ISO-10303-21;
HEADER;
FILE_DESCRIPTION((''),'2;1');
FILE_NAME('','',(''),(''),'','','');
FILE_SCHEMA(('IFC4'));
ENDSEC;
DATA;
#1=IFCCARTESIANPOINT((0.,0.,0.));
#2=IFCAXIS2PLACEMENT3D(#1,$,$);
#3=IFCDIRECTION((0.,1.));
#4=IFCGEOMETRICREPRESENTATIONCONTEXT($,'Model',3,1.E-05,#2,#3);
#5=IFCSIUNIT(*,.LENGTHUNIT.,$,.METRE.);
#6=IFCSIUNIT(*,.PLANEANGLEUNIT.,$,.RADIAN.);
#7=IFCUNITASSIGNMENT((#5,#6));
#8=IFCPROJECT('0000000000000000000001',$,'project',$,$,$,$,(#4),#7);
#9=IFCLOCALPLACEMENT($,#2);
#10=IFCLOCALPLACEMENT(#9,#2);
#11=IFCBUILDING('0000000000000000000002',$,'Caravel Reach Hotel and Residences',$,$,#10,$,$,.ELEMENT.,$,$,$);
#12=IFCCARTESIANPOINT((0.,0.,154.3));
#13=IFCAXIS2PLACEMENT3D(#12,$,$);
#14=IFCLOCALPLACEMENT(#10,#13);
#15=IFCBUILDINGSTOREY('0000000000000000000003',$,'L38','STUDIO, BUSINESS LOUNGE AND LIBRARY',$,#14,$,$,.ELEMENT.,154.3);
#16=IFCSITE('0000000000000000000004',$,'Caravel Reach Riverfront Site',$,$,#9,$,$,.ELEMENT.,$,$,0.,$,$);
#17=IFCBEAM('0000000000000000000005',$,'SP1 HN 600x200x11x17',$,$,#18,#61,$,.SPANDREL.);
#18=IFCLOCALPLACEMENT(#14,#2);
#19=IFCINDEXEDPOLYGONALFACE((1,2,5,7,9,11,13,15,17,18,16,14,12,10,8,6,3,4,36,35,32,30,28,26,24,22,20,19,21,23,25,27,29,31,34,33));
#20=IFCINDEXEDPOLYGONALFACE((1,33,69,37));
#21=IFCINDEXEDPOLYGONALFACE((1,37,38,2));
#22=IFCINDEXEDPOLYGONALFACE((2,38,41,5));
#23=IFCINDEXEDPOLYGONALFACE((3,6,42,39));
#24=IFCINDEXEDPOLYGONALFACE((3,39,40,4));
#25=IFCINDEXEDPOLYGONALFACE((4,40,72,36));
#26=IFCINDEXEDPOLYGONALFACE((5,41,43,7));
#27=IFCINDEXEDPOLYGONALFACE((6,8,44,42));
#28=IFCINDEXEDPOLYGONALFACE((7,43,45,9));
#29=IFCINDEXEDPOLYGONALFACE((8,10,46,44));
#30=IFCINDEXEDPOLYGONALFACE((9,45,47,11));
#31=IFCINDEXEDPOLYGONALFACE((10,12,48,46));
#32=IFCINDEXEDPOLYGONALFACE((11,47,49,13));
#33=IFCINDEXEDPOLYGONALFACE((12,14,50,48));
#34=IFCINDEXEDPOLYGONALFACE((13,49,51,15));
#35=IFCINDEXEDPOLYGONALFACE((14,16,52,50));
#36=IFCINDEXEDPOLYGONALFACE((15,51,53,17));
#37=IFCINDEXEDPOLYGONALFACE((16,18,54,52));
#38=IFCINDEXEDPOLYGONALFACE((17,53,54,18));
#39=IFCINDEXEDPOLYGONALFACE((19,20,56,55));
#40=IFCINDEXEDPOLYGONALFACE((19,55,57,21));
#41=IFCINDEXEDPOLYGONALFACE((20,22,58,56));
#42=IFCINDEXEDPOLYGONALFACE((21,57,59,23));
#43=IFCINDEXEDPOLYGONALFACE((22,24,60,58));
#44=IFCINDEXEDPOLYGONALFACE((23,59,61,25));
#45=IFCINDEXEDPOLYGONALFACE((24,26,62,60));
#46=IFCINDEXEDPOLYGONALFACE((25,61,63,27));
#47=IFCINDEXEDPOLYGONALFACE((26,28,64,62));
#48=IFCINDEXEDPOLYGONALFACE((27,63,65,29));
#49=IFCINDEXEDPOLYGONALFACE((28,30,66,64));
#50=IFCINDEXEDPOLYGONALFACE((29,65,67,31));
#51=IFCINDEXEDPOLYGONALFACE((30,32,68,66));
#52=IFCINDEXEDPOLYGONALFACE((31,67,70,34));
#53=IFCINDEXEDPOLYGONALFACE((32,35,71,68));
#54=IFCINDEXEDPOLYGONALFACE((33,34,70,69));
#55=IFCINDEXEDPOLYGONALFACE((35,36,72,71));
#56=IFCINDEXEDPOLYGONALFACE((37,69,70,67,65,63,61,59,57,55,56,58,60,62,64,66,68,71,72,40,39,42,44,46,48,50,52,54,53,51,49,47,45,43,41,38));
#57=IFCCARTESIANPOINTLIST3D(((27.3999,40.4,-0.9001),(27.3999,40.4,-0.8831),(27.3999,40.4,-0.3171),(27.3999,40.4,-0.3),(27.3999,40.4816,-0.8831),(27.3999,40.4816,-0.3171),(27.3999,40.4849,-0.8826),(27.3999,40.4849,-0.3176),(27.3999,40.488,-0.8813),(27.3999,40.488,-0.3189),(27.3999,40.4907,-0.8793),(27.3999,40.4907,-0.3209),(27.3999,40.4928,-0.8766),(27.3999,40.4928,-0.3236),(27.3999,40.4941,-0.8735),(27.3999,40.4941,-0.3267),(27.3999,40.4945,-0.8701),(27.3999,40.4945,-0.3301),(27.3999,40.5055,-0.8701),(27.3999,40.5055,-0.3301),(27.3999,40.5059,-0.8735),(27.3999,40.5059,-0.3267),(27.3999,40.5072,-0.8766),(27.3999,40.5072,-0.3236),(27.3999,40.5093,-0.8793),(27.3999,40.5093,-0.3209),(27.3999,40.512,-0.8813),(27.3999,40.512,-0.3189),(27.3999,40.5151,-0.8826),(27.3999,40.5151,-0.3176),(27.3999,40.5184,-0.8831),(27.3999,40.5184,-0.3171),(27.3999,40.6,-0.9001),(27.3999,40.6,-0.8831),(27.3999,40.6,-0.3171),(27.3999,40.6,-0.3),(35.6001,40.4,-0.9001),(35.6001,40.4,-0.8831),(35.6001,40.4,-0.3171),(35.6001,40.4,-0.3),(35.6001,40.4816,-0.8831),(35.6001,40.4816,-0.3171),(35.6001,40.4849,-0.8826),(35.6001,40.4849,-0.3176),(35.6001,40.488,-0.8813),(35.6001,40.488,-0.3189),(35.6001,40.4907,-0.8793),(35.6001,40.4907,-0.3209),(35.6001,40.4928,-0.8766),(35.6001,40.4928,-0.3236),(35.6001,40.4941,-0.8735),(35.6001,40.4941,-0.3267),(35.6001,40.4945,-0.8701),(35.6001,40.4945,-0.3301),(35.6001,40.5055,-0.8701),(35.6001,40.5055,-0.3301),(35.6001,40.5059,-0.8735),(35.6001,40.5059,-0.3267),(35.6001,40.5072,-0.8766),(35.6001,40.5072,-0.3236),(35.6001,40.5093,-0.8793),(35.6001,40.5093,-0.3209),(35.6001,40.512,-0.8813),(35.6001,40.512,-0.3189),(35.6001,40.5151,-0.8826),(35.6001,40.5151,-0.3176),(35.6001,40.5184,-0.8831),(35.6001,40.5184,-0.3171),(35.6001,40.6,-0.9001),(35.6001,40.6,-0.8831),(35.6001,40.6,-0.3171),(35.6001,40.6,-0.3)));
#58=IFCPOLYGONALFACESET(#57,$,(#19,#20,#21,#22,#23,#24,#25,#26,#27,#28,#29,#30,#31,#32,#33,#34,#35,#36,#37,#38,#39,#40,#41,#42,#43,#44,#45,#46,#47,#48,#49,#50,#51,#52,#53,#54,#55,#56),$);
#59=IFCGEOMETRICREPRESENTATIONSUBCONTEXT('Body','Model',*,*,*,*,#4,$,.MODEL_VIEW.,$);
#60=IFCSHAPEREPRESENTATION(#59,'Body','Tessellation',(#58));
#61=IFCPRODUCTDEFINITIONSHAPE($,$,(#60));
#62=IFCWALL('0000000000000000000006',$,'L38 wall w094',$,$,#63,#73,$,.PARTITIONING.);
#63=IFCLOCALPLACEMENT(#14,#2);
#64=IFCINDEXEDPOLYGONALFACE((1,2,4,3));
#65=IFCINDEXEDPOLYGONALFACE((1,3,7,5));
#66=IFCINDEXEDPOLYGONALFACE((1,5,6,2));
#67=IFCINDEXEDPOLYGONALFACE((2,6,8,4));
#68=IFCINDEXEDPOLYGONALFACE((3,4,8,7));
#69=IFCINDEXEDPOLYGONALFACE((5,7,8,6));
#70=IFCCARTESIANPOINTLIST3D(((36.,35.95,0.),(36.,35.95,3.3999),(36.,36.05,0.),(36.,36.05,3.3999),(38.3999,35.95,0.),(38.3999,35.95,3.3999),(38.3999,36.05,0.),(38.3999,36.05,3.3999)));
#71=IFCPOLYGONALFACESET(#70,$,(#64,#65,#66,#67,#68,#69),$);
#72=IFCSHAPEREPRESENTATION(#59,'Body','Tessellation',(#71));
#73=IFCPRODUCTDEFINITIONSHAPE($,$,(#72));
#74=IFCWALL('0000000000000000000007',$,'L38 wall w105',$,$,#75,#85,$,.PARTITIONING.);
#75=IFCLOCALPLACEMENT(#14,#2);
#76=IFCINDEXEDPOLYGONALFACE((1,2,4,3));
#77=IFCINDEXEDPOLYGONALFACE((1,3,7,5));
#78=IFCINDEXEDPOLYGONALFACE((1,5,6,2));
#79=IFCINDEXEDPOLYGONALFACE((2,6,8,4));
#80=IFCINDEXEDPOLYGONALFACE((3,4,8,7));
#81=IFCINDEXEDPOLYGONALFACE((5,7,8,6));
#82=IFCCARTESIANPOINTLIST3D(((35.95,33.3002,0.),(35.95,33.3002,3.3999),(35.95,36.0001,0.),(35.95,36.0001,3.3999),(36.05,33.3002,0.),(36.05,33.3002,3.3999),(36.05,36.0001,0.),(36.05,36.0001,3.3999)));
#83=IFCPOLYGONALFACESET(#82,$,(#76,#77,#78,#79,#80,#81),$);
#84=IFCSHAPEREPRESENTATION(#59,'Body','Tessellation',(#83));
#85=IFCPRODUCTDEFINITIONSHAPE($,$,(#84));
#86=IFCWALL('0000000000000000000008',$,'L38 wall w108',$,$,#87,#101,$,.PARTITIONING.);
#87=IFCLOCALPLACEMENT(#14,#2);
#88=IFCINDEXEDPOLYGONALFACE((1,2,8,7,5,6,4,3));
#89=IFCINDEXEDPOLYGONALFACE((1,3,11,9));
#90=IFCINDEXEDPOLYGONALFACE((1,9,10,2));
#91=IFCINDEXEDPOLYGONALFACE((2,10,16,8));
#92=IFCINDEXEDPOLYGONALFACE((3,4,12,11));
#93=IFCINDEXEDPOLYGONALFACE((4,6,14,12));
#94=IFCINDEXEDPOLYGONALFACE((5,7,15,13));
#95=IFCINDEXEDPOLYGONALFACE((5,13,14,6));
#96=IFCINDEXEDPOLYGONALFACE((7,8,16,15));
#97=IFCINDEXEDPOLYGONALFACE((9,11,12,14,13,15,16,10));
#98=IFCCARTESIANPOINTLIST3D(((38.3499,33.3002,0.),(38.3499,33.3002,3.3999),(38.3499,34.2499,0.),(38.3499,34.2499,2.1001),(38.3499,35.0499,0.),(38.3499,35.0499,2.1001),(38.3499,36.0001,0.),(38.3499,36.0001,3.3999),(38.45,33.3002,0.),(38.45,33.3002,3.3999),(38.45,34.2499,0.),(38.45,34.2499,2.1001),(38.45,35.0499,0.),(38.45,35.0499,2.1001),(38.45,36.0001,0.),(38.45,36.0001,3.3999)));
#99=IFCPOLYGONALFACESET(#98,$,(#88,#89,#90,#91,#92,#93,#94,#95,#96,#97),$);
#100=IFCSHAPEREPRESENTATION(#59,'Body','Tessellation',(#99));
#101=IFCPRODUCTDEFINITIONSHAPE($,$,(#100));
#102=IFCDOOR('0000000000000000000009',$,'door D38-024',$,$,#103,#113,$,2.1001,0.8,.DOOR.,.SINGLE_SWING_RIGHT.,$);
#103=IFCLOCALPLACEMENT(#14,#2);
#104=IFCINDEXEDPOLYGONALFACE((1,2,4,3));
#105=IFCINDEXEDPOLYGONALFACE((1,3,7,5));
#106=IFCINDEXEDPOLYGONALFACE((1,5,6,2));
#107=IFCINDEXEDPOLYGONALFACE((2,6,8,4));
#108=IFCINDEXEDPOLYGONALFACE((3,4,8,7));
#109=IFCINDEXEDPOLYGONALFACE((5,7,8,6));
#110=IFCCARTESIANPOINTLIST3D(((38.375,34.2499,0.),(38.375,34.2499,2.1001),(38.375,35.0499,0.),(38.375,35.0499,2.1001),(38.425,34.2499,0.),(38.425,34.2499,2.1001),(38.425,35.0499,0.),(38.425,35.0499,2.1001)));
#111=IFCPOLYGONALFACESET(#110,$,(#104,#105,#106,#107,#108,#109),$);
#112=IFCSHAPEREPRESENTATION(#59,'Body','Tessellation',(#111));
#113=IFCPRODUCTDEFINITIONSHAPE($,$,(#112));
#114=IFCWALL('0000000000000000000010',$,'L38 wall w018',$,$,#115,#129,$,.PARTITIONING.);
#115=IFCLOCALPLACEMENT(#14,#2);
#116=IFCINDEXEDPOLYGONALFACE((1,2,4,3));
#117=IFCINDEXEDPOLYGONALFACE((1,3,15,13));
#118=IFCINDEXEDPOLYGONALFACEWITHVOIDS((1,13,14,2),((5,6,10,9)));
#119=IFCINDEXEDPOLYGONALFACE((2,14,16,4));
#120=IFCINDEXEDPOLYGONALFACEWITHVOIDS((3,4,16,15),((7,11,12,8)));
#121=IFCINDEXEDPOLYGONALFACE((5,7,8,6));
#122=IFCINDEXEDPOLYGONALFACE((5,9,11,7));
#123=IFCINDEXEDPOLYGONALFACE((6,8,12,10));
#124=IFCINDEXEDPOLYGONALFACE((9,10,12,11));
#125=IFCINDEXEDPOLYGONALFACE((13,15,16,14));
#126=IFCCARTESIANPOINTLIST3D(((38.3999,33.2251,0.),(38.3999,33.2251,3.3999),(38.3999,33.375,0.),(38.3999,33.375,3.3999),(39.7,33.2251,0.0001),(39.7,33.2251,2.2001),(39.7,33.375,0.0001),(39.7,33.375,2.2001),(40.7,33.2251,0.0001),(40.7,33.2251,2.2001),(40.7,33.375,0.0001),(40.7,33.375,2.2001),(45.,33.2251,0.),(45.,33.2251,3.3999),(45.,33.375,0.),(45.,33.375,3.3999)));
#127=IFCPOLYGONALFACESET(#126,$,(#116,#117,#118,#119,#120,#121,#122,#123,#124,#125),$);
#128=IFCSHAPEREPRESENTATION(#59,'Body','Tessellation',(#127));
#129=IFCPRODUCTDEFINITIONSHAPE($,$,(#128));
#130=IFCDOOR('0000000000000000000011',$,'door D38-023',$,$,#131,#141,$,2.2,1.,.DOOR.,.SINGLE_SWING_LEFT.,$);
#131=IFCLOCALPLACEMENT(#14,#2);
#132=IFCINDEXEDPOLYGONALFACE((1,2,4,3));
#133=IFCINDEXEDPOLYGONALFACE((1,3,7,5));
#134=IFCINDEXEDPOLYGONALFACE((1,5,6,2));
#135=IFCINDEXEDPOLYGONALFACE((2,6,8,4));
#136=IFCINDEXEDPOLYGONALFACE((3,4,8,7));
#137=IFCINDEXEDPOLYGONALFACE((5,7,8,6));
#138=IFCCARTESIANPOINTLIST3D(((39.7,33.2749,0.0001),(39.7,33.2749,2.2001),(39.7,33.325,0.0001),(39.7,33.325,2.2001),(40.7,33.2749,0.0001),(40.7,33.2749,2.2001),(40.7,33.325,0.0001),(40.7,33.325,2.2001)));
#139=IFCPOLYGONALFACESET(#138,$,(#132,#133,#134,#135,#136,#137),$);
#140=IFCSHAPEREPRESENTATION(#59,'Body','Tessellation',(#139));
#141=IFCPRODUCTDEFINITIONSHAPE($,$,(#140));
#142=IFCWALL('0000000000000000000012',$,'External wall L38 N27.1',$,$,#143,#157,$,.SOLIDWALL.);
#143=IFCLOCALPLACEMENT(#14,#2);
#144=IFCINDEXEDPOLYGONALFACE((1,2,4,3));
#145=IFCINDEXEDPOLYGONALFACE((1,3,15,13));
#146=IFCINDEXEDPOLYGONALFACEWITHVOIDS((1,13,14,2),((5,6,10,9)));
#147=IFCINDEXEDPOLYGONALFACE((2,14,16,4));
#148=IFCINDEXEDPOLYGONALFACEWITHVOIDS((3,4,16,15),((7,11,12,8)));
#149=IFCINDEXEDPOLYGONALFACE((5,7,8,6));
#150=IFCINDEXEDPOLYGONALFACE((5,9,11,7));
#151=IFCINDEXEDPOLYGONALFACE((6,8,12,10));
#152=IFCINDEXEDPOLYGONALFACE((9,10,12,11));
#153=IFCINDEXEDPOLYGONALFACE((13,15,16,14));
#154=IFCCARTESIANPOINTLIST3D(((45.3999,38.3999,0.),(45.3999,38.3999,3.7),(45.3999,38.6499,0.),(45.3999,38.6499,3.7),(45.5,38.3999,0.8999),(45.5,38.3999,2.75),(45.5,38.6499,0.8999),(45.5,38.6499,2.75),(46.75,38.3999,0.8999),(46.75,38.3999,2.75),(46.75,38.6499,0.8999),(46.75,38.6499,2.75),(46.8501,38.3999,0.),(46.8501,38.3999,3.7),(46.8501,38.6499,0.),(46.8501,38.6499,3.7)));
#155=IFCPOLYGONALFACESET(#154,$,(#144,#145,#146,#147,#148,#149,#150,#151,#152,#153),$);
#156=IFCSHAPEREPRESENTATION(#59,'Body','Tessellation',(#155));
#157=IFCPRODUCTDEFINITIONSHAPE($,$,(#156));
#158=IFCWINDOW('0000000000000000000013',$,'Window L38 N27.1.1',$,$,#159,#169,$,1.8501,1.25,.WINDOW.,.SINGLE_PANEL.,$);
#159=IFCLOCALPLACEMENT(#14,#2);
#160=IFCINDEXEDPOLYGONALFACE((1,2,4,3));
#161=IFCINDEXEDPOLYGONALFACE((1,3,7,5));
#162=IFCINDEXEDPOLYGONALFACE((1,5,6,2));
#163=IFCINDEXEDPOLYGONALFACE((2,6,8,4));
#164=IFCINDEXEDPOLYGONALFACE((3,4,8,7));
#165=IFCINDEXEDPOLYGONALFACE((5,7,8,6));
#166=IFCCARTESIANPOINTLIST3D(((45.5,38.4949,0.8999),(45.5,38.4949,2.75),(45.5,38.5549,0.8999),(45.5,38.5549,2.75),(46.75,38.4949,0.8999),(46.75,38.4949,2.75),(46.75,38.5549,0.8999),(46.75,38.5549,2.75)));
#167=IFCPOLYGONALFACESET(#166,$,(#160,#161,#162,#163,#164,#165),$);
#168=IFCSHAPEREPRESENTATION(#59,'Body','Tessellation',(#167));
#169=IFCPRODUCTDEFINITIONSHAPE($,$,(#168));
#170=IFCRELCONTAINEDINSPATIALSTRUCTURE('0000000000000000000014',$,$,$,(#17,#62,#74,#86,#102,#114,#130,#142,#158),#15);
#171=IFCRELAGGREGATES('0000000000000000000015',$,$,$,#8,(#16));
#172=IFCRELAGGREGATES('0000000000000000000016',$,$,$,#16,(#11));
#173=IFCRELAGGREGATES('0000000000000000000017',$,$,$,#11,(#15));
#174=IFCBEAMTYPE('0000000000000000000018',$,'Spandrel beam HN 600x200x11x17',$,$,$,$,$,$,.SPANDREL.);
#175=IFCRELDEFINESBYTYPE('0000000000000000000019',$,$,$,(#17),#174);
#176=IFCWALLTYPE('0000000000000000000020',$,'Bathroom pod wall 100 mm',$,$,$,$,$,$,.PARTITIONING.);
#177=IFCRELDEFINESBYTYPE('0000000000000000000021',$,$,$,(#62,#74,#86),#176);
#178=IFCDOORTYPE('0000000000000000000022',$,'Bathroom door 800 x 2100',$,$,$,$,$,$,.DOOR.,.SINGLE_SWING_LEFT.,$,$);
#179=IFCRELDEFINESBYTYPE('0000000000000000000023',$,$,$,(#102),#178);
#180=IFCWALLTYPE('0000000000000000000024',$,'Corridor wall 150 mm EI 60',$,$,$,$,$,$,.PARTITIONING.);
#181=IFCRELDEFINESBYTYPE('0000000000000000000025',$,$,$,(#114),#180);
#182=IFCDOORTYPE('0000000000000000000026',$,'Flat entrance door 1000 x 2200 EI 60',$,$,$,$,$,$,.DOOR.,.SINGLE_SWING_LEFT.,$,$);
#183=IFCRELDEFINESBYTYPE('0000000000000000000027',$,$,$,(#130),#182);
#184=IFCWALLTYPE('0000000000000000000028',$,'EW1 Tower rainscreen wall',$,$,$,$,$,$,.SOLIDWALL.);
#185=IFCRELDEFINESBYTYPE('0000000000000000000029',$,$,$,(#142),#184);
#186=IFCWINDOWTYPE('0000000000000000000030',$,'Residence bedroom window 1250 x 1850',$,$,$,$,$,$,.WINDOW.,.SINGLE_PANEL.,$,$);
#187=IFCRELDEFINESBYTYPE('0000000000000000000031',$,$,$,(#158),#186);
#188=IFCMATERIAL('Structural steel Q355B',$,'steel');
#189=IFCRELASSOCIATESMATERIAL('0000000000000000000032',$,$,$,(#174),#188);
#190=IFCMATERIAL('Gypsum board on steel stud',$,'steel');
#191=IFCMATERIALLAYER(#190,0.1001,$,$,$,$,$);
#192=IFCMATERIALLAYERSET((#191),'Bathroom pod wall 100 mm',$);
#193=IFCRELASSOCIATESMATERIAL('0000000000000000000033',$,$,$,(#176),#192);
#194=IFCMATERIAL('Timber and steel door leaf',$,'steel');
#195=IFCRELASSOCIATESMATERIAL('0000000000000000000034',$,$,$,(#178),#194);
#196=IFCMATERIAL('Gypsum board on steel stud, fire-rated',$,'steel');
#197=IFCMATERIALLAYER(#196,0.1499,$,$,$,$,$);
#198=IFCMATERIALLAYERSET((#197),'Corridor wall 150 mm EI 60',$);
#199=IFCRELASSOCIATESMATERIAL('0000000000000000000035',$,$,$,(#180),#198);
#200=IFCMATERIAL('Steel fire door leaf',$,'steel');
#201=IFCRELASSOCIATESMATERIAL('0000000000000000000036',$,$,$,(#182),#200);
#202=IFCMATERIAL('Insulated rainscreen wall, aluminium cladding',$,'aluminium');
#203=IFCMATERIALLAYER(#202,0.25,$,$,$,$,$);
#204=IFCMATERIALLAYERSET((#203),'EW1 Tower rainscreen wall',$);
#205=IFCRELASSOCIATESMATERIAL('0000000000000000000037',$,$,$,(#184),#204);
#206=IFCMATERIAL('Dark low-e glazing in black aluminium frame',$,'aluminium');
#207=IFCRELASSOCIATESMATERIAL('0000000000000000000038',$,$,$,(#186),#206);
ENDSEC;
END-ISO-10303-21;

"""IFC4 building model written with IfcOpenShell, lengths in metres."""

from ifc_helpers import new_model, si_unit, direction, frame, frame_2d, origin, origin_2d, place, context, subcontext, project, spatial, rectangle, i_section, extrude, material, layer, layer_set, material_profile, profile_set, type_object, element, fill, save


model = new_model("IFC4")

# Units and contexts
model_context = context("Model", 3, precision=1e-05, world=origin(), true_north=direction((0.0, 1.0)))
body_context = subcontext(model_context, "Body", "Model", "MODEL_VIEW")
ifc_project = project(units=[si_unit("LENGTHUNIT", "METRE"), si_unit("PLANEANGLEUNIT", "RADIAN")], contexts=[model_context])

# Site, building, storey
site_placement = place(None, origin())
site = spatial("IfcSite", under=ifc_project, at=site_placement, Name="Caravel Reach Riverfront Site", CompositionType="ELEMENT", RefElevation=0.0)
building_placement = place(site_placement, origin())
building = spatial("IfcBuilding", under=site, at=building_placement, Name="Caravel Reach Hotel and Residences", CompositionType="ELEMENT")
storey_placement = place(building_placement, frame((0.0, 0.0, 154.3)))
storey = spatial("IfcBuildingStorey", under=building, at=storey_placement, Name="L38", Description="STUDIO, BUSINESS LOUNGE AND LIBRARY", CompositionType="ELEMENT", Elevation=154.3)

# Beam
ifc_material_1 = material(Name="Structural steel Q355B", Category="steel")
ifc_material_profile_1 = material_profile(ifc_material_1, i_section(OverallWidth=0.2, OverallDepth=0.6001, WebThickness=0.011, FlangeThickness=0.0171, FilletRadius=0.0129, at=origin_2d()), Name="HN 600x200x11x17")
ifc_profile_set_1 = profile_set([ifc_material_profile_1], Name="Structural steel Q355B")
beam_type = type_object("IfcBeamType", Name="Spandrel beam HN 600x200x11x17", PredefinedType="SPANDREL", material=ifc_profile_set_1)
for number, where, z_axis, x_axis, name in (
    (1, (35.6001, 40.5, -0.6001), (-1.0, 0.0, 0.0), (0.0, -1.0, 0.0), "SP1 HN 600x200x11x17"),
):
    element("IfcBeam", number, at=place(storey_placement, frame(where, z_axis=z_axis, x_axis=x_axis)), inside=storey, type_object=beam_type, Name=name, PredefinedType="SPANDREL", context=body_context, shape_type="SweptSolid", body=[
        extrude(i_section(OverallWidth=0.2, OverallDepth=0.6001, WebThickness=0.011, FlangeThickness=0.0171, FilletRadius=0.0129, at=origin_2d()), origin(), (0.0, 0.0, 1.0), 8.2002),
    ])

# Walls
ifc_material_2 = material(Name="Gypsum board on steel stud", Category="steel")
ifc_layer_1 = layer(ifc_material_2, 0.1001)
ifc_layer_set_1 = layer_set([ifc_layer_1], Name="Bathroom pod wall 100 mm")
wall_type_1 = type_object("IfcWallType", Name="Bathroom pod wall 100 mm", PredefinedType="PARTITIONING", material=ifc_layer_set_1)
wall_1_placement = place(storey_placement, frame((36.0, 36.0, 0.0), z_axis=(0.0, 0.0, 1.0), x_axis=(1.0, 0.0, 0.0)))
element("IfcWall", 2, at=wall_1_placement, inside=storey, type_object=wall_type_1, Name="L38 wall w094", PredefinedType="PARTITIONING", context=body_context, shape_type="SweptSolid", body=[
    extrude(rectangle(XDim=2.3999, YDim=0.1001, at=frame_2d((1.2, 0.0))), origin(), (0.0, 0.0, 1.0), 3.3999),
])
wall_2_placement = place(storey_placement, frame((36.0, 33.3, 0.0), z_axis=(0.0, 0.0, 1.0), x_axis=(0.0, 1.0, 0.0)))
element("IfcWall", 3, at=wall_2_placement, inside=storey, type_object=wall_type_1, Name="L38 wall w105", PredefinedType="PARTITIONING", context=body_context, shape_type="SweptSolid", body=[
    extrude(rectangle(XDim=2.7, YDim=0.1001, at=frame_2d((1.3501, 0.0))), origin(), (0.0, 0.0, 1.0), 3.3999),
])

# Walls, openings, doors
wall_3_placement = place(storey_placement, frame((38.3999, 33.3, 0.0), z_axis=(0.0, 0.0, 1.0), x_axis=(0.0, 1.0, 0.0)))
wall_3 = element("IfcWall", 4, at=wall_3_placement, inside=storey, type_object=wall_type_1, Name="L38 wall w108", PredefinedType="PARTITIONING", context=body_context, shape_type="SweptSolid", body=[
    extrude(rectangle(XDim=2.7, YDim=0.1001, at=frame_2d((1.3501, 0.0))), origin(), (0.0, 0.0, 1.0), 3.3999),
])
opening_1_placement = place(wall_3_placement, frame((0.95, 0.0, 0.0)))
opening_1 = element("IfcOpeningElement", 5, at=opening_1_placement, cuts=wall_3, PredefinedType="OPENING", context=body_context, shape_type="SweptSolid", body=[
    extrude(rectangle(XDim=0.8, YDim=2.1001, at=frame_2d((0.3999, 1.05))), frame((0.0, 0.0601, 0.0), z_axis=(0.0, -1.0, 0.0), x_axis=(1.0, 0.0, 0.0)), (0.0, 0.0, 1.0), 0.1201),
])
ifc_material_3 = material(Name="Timber and steel door leaf", Category="steel")
door_type_1 = type_object("IfcDoorType", Name="Bathroom door 800 x 2100", OperationType="SINGLE_SWING_LEFT", PredefinedType="DOOR", material=ifc_material_3)
door_1_placement = place(opening_1_placement, origin())
door_1 = element("IfcDoor", 6, at=door_1_placement, inside=storey, type_object=door_type_1, Name="door D38-024", OperationType="SINGLE_SWING_RIGHT", OverallHeight=2.1001, OverallWidth=0.8, PredefinedType="DOOR", context=body_context, shape_type="SweptSolid", body=[
    extrude(rectangle(XDim=0.8, YDim=2.1001, at=frame_2d((0.3999, 1.05))), frame((0.0, 0.0249, 0.0), z_axis=(0.0, -1.0, 0.0), x_axis=(1.0, 0.0, 0.0)), (0.0, 0.0, 1.0), 0.05),
])
fill(opening_1, door_1)
ifc_material_4 = material(Name="Gypsum board on steel stud, fire-rated", Category="steel")
ifc_layer_2 = layer(ifc_material_4, 0.1499)
ifc_layer_set_2 = layer_set([ifc_layer_2], Name="Corridor wall 150 mm EI 60")
wall_type_2 = type_object("IfcWallType", Name="Corridor wall 150 mm EI 60", PredefinedType="PARTITIONING", material=ifc_layer_set_2)
wall_4_placement = place(storey_placement, frame((38.3999, 33.3, 0.0), z_axis=(0.0, 0.0, 1.0), x_axis=(1.0, 0.0, 0.0)))
wall_4 = element("IfcWall", 7, at=wall_4_placement, inside=storey, type_object=wall_type_2, Name="L38 wall w018", PredefinedType="PARTITIONING", context=body_context, shape_type="SweptSolid", body=[
    extrude(rectangle(XDim=6.6001, YDim=0.1499, at=frame_2d((3.3, 0.0))), origin(), (0.0, 0.0, 1.0), 3.3999),
])
opening_2_placement = place(wall_4_placement, frame((1.3, 0.0, 0.0)))
opening_2 = element("IfcOpeningElement", 8, at=opening_2_placement, cuts=wall_4, PredefinedType="OPENING", context=body_context, shape_type="SweptSolid", body=[
    extrude(rectangle(XDim=1.0, YDim=2.2, at=frame_2d((0.5, 1.1001))), frame((0.0, 0.085, 0.0), z_axis=(0.0, -1.0, 0.0), x_axis=(1.0, 0.0, 0.0)), (0.0, 0.0, 1.0), 0.1699),
])
ifc_material_5 = material(Name="Steel fire door leaf", Category="steel")
door_type_2 = type_object("IfcDoorType", Name="Flat entrance door 1000 x 2200 EI 60", OperationType="SINGLE_SWING_LEFT", PredefinedType="DOOR", material=ifc_material_5)
door_2_placement = place(opening_2_placement, origin())
door_2 = element("IfcDoor", 9, at=door_2_placement, inside=storey, type_object=door_type_2, Name="door D38-023", OperationType="SINGLE_SWING_LEFT", OverallHeight=2.2, OverallWidth=1.0, PredefinedType="DOOR", context=body_context, shape_type="SweptSolid", body=[
    extrude(rectangle(XDim=1.0, YDim=2.2, at=frame_2d((0.5, 1.1001))), frame((0.0, 0.0249, 0.0), z_axis=(0.0, -1.0, 0.0), x_axis=(1.0, 0.0, 0.0)), (0.0, 0.0, 1.0), 0.05),
])
fill(opening_2, door_2)

# Wall, opening, window
ifc_material_6 = material(Name="Insulated rainscreen wall, aluminium cladding", Category="aluminium")
ifc_layer_3 = layer(ifc_material_6, 0.25)
ifc_layer_set_3 = layer_set([ifc_layer_3], Name="EW1 Tower rainscreen wall")
wall_type_3 = type_object("IfcWallType", Name="EW1 Tower rainscreen wall", PredefinedType="SOLIDWALL", material=ifc_layer_set_3)
wall_5_placement = place(storey_placement, frame((46.8501, 38.5249, 0.0), z_axis=(0.0, 0.0, 1.0), x_axis=(-1.0, 0.0, 0.0)))
wall_5 = element("IfcWall", 10, at=wall_5_placement, inside=storey, type_object=wall_type_3, Name="External wall L38 N27.1", PredefinedType="SOLIDWALL", context=body_context, shape_type="SweptSolid", body=[
    extrude(rectangle(XDim=1.4502, YDim=0.25, at=frame_2d((0.7251, 0.0))), origin(), (0.0, 0.0, 1.0), 3.7),
])
opening_3_placement = place(wall_5_placement, frame((0.1001, 0.0, 0.8999)))
opening_3 = element("IfcOpeningElement", 11, at=opening_3_placement, cuts=wall_5, PredefinedType="OPENING", context=body_context, shape_type="SweptSolid", body=[
    extrude(rectangle(XDim=1.25, YDim=1.8501, at=frame_2d((0.625, 0.925))), frame((0.0, 0.135, 0.0), z_axis=(0.0, -1.0, 0.0), x_axis=(1.0, 0.0, 0.0)), (0.0, 0.0, 1.0), 0.27),
])
ifc_material_7 = material(Name="Dark low-e glazing in black aluminium frame", Category="aluminium")
window_type_1 = type_object("IfcWindowType", Name="Residence bedroom window 1250 x 1850", PartitioningType="SINGLE_PANEL", PredefinedType="WINDOW", material=ifc_material_7)
window_1_placement = place(opening_3_placement, origin())
window_1 = element("IfcWindow", 12, at=window_1_placement, inside=storey, type_object=window_type_1, Name="Window L38 N27.1.1", OverallHeight=1.8501, OverallWidth=1.25, PartitioningType="SINGLE_PANEL", PredefinedType="WINDOW", context=body_context, shape_type="SweptSolid", body=[
    extrude(rectangle(XDim=1.25, YDim=1.8501, at=frame_2d((0.625, 0.925))), frame((0.0, 0.03, 0.0), z_axis=(0.0, -1.0, 0.0), x_axis=(1.0, 0.0, 0.0)), (0.0, 0.0, 1.0), 0.0601),
])
fill(opening_3, window_1)

save(model, "model.ifc")
